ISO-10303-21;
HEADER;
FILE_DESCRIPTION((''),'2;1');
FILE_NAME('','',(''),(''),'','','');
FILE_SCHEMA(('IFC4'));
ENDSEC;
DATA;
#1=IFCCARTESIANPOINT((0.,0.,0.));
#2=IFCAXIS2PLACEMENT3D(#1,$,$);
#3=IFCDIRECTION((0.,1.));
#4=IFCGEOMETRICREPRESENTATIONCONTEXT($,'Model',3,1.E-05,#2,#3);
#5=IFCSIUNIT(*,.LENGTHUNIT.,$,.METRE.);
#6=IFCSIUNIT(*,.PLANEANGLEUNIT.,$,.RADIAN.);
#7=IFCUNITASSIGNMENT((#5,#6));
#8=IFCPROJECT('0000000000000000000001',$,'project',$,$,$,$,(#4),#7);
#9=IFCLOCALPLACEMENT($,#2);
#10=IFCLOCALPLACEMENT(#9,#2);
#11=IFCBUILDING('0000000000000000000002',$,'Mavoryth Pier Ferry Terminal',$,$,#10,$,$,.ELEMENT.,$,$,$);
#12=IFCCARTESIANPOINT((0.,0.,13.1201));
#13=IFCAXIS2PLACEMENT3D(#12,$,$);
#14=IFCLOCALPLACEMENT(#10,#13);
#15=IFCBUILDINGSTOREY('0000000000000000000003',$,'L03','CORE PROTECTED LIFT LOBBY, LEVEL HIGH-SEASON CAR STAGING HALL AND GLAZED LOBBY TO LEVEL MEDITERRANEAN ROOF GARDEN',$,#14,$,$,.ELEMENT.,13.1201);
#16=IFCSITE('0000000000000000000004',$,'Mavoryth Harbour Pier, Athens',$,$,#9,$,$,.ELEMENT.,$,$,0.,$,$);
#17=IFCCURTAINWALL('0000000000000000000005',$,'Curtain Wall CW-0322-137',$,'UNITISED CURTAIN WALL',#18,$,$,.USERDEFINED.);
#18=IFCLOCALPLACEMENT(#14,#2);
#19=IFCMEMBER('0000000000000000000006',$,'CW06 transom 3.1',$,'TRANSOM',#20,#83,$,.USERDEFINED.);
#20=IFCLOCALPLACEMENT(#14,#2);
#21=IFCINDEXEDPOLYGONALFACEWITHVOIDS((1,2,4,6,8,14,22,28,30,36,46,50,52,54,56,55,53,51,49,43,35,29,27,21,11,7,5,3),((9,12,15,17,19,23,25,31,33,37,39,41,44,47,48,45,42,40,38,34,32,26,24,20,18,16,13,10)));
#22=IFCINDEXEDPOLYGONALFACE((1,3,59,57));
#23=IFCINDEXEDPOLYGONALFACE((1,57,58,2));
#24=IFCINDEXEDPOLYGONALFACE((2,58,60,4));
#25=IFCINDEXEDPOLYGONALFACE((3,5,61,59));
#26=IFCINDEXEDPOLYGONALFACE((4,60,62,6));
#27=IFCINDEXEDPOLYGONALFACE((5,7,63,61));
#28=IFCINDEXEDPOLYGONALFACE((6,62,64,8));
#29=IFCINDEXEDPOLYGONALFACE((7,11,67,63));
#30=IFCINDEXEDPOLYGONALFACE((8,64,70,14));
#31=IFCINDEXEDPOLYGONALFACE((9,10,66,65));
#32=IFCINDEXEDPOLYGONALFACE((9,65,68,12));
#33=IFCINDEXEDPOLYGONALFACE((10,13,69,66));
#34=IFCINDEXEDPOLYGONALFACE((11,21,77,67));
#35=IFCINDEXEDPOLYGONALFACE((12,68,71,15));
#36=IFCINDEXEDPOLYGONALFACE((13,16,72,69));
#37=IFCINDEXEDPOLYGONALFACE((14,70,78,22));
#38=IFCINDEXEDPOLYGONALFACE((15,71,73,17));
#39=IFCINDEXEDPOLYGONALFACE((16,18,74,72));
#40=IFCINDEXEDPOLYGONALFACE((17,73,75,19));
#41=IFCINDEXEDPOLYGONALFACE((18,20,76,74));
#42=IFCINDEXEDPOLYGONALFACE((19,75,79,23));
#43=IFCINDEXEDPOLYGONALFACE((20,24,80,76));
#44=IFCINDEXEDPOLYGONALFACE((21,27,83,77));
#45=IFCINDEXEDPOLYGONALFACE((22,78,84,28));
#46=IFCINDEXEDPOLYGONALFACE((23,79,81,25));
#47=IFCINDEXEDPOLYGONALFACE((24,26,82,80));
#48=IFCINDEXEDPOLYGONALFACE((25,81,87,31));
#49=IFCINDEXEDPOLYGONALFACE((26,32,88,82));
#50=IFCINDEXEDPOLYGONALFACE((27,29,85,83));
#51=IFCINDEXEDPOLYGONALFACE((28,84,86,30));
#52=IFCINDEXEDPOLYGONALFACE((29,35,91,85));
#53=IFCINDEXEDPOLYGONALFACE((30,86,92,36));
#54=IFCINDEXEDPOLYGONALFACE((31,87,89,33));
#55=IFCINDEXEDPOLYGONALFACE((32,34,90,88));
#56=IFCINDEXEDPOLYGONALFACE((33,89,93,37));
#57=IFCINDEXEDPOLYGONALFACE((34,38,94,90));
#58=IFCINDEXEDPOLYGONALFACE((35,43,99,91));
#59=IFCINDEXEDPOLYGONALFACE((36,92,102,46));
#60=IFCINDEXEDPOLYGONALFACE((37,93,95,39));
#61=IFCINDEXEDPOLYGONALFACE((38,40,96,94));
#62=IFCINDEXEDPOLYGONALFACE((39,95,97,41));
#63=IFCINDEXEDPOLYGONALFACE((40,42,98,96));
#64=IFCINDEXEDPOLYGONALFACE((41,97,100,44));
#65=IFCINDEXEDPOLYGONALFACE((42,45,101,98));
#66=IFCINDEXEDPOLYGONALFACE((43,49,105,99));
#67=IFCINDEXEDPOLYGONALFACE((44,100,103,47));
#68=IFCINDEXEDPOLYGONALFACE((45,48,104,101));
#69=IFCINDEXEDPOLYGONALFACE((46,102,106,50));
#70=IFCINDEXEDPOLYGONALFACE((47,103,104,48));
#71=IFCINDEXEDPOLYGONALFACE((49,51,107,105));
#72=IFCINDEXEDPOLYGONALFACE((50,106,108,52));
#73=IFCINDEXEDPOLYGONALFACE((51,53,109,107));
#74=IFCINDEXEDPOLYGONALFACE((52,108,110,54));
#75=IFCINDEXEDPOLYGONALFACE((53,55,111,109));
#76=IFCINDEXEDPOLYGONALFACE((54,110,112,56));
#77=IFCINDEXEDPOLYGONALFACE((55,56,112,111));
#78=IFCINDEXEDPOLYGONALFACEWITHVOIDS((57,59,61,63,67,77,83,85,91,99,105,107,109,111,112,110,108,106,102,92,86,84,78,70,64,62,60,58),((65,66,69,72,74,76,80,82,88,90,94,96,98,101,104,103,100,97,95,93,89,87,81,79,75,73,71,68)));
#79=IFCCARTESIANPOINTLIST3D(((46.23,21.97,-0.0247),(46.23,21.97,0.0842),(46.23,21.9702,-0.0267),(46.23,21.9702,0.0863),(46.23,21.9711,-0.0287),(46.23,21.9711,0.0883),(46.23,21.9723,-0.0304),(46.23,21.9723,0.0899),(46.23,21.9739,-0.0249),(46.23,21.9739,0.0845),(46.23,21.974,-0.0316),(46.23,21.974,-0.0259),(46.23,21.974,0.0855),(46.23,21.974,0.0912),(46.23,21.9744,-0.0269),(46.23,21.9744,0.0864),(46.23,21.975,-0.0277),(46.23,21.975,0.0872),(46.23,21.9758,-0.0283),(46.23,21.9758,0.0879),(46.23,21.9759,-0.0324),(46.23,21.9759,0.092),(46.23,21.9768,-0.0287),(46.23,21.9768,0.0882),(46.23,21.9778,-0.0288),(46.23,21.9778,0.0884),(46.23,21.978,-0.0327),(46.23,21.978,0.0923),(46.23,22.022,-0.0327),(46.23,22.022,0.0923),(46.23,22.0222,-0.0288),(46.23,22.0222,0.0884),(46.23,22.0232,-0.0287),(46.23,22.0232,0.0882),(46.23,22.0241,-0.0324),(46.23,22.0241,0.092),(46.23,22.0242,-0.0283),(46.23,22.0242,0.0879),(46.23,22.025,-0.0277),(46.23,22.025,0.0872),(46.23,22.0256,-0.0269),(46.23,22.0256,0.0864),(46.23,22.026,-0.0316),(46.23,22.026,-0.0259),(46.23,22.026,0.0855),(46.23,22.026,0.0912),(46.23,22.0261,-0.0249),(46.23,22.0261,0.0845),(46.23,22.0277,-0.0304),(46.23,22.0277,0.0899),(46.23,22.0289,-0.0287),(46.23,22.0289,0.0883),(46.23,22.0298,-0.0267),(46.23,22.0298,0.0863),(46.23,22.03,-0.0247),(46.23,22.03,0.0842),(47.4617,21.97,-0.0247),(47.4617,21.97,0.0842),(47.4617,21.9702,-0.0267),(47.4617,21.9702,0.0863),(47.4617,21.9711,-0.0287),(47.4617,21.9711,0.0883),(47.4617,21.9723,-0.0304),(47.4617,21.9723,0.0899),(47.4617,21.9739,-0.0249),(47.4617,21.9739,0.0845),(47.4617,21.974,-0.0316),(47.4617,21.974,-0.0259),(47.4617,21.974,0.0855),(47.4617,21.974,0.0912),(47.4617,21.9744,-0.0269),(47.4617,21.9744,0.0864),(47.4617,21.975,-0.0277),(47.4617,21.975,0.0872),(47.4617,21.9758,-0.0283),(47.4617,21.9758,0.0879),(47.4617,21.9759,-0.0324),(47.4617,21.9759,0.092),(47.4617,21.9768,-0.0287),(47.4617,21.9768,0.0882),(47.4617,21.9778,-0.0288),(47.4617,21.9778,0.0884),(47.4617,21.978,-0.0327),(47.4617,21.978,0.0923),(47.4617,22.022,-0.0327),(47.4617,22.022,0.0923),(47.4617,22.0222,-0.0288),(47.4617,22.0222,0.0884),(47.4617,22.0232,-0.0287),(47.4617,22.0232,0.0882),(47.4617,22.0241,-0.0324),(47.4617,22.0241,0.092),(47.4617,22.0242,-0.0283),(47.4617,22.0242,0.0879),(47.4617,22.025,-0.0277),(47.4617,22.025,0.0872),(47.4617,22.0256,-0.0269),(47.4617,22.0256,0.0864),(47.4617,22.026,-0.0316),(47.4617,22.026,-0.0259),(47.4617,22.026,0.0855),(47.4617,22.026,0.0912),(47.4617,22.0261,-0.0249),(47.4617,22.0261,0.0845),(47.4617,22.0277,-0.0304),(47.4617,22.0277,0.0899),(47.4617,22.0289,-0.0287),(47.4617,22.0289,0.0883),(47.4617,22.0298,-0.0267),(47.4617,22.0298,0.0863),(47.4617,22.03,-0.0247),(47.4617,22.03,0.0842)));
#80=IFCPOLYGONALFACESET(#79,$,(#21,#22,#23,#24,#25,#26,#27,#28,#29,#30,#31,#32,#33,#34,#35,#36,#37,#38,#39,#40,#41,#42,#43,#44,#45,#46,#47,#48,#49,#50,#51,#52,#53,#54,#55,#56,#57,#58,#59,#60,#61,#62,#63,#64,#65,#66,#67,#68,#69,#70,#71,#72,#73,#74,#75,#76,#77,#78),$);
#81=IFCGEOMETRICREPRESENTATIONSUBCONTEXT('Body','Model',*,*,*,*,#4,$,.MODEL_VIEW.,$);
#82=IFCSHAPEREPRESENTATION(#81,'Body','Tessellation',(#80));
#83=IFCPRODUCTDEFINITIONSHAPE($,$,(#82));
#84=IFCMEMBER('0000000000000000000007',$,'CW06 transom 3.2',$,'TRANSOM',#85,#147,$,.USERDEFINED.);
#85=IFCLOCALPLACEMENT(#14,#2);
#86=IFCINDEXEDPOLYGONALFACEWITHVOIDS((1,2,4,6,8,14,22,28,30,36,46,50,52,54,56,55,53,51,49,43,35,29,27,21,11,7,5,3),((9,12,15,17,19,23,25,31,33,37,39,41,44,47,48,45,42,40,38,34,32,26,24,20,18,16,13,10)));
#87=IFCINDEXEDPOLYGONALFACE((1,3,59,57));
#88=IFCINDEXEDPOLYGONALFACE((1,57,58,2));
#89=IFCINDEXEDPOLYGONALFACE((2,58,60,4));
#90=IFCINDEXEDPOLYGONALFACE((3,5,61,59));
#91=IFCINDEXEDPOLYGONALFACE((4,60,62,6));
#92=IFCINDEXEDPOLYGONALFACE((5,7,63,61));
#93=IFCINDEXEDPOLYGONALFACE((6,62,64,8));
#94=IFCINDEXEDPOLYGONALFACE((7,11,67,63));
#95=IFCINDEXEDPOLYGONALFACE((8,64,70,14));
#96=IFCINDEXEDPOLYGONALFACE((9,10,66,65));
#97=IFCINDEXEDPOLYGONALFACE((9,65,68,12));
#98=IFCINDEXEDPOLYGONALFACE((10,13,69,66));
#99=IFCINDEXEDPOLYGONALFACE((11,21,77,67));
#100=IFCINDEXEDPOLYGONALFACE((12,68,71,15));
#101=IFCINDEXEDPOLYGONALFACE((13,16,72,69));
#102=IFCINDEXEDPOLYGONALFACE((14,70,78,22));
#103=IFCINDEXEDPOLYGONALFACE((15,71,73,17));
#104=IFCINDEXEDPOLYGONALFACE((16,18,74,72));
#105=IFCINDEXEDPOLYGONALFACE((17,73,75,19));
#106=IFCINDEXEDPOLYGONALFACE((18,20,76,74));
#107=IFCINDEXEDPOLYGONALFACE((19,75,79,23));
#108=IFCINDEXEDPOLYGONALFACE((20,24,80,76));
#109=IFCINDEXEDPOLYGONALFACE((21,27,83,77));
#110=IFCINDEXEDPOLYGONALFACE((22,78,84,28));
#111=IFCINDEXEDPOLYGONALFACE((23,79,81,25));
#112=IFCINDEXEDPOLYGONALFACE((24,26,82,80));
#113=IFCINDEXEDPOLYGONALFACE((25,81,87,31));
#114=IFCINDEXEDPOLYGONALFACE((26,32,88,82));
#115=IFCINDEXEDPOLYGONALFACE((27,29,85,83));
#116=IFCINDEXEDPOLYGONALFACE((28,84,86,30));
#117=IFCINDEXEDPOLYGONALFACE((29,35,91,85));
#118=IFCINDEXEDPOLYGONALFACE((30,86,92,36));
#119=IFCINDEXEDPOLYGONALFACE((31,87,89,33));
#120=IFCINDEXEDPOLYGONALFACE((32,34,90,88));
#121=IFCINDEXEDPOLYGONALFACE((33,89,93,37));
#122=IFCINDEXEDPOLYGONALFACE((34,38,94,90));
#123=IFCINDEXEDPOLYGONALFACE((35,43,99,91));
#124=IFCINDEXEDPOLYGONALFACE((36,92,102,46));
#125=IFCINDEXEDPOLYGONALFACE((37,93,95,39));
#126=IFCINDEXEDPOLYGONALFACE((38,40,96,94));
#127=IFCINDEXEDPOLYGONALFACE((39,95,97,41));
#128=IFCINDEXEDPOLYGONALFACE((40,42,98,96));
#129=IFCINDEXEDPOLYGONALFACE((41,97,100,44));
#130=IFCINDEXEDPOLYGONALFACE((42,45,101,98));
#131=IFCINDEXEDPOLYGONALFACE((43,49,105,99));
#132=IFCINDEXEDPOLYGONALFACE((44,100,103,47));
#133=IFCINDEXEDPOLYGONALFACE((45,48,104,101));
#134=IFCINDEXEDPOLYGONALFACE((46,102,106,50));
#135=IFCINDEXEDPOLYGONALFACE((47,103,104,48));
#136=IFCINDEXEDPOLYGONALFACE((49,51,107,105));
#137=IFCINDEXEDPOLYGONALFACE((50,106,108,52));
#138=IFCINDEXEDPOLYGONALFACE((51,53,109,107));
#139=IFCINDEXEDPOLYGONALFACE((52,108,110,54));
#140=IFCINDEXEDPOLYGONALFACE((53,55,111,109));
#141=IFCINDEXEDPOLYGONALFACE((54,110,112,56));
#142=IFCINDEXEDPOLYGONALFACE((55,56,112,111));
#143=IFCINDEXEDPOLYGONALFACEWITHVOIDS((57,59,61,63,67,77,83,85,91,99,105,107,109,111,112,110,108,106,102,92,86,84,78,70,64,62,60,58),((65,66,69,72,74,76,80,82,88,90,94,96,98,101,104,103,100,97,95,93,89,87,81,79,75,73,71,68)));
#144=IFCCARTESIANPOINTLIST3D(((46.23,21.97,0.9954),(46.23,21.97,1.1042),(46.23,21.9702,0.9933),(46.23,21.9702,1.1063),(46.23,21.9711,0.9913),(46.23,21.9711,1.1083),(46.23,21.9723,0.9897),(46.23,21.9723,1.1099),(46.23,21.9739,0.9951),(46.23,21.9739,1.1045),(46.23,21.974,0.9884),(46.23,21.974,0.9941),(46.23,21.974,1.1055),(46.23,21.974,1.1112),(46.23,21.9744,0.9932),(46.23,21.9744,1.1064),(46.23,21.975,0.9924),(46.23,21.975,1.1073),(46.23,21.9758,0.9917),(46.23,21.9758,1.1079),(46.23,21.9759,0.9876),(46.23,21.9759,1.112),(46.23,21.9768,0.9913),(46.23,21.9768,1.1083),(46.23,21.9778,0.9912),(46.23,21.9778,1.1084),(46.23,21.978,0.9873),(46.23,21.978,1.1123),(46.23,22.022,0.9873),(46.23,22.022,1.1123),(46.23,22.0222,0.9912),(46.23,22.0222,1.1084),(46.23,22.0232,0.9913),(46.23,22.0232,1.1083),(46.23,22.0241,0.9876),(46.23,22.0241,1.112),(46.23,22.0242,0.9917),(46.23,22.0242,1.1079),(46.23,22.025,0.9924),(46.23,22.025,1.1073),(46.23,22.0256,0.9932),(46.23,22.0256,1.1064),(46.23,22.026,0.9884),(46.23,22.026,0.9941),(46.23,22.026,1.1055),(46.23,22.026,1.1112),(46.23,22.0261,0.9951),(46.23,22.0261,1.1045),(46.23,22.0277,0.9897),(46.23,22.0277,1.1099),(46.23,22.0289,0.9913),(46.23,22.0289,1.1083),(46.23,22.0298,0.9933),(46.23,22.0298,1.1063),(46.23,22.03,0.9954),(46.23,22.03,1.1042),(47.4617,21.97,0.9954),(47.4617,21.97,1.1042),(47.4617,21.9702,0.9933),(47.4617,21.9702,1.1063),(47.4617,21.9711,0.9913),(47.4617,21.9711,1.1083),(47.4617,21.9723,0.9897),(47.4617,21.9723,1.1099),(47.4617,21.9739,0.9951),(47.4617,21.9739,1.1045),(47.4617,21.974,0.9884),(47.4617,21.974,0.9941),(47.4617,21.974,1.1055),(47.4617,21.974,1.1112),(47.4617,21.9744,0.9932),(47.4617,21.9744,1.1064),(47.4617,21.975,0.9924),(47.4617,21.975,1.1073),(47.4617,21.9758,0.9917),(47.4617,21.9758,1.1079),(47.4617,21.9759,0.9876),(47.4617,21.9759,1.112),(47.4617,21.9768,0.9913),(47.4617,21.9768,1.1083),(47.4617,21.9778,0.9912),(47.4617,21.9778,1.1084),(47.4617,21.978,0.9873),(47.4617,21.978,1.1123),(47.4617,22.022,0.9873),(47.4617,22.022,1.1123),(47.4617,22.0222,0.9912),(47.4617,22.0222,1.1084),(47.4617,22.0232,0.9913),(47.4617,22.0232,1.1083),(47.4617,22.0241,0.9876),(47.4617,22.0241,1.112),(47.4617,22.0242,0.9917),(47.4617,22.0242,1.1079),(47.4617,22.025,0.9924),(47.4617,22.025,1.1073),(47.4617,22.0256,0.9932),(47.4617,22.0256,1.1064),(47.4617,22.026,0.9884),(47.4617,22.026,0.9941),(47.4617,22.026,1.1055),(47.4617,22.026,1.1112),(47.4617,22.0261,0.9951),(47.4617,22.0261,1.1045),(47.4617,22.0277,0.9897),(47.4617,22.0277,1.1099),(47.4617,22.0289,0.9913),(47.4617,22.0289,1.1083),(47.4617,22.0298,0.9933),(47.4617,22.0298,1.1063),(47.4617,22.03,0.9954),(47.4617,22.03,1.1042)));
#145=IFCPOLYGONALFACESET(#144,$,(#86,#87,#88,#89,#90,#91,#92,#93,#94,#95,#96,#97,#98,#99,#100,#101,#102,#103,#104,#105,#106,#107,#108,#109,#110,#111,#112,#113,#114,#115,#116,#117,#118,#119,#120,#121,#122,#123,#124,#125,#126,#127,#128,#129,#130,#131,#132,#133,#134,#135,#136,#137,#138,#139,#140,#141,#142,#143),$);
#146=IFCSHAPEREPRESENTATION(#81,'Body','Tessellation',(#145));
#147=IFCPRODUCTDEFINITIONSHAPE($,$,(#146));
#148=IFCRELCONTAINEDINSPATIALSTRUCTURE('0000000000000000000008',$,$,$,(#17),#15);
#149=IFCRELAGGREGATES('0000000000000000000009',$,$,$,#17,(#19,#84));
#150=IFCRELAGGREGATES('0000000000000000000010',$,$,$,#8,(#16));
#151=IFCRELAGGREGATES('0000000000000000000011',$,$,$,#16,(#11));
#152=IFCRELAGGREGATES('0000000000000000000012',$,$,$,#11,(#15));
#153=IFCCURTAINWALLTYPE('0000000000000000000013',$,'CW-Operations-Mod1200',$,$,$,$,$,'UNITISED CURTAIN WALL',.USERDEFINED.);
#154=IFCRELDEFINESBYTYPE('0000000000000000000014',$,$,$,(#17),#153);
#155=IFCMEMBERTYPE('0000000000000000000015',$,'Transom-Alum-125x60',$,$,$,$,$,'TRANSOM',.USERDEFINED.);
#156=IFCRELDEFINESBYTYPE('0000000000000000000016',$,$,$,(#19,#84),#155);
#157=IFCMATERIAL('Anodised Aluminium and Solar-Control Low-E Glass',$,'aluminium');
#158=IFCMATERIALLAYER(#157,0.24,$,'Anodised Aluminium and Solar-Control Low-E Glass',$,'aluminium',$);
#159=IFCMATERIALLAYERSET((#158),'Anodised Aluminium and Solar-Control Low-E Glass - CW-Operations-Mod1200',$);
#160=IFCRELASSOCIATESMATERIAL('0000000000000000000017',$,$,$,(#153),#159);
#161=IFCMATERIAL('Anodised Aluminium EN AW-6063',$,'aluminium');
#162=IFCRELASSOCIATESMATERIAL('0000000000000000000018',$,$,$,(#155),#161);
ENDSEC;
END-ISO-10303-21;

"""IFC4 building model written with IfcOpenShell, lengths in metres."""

from ifc_helpers import new_model, si_unit, direction, frame, origin, origin_2d, place, context, subcontext, project, spatial, hollow_rectangle, extrude, material, layer, layer_set, material_profile, profile_set, type_object, element, aggregate, save


model = new_model("IFC4")

# Units and contexts
model_context = context("Model", 3, precision=1e-05, world=origin(), true_north=direction((0.0, 1.0)))
body_context = subcontext(model_context, "Body", "Model", "MODEL_VIEW")
ifc_project = project(units=[si_unit("LENGTHUNIT", "METRE"), si_unit("PLANEANGLEUNIT", "RADIAN")], contexts=[model_context])

# Site, building, storey
site_placement = place(None, origin())
site = spatial("IfcSite", under=ifc_project, at=site_placement, Name="Mavoryth Harbour Pier, Athens", CompositionType="ELEMENT", RefElevation=0.0)
building_placement = place(site_placement, origin())
building = spatial("IfcBuilding", under=site, at=building_placement, Name="Mavoryth Pier Ferry Terminal", CompositionType="ELEMENT")
storey_placement = place(building_placement, frame((0.0, 0.0, 13.1201)))
storey = spatial("IfcBuildingStorey", under=building, at=storey_placement, Name="L03", Description="CORE PROTECTED LIFT LOBBY, LEVEL HIGH-SEASON CAR STAGING HALL AND GLAZED LOBBY TO LEVEL MEDITERRANEAN ROOF GARDEN", CompositionType="ELEMENT", Elevation=13.1201)

# Curtain wall
ifc_material_1 = material(Name="Anodised Aluminium and Solar-Control Low-E Glass", Category="aluminium")
ifc_layer_1 = layer(ifc_material_1, 0.24, Name="Anodised Aluminium and Solar-Control Low-E Glass", Category="aluminium")
ifc_layer_set_1 = layer_set([ifc_layer_1], Name="Anodised Aluminium and Solar-Control Low-E Glass - CW-Operations-Mod1200")
curtain_wall_type = type_object("IfcCurtainWallType", Name="CW-Operations-Mod1200", ElementType="UNITISED CURTAIN WALL", PredefinedType="USERDEFINED", material=ifc_layer_set_1)
curtain_wall_1_placement = place(storey_placement, origin())
curtain_wall_1 = element("IfcCurtainWall", 1, at=curtain_wall_1_placement, inside=storey, type_object=curtain_wall_type, Name="Curtain Wall CW-0322-137", ObjectType="UNITISED CURTAIN WALL", PredefinedType="USERDEFINED")
ifc_material_2 = material(Name="Anodised Aluminium EN AW-6063", Category="aluminium")

# Members
ifc_material_profile_1 = material_profile(ifc_material_2, hollow_rectangle(XDim=0.0601, YDim=0.125, WallThickness=0.0039, InnerFilletRadius=0.0039, OuterFilletRadius=0.0081, at=origin_2d()), Name="AL-TRAN 125x60x4", Category="aluminium")
ifc_profile_set_1 = profile_set([ifc_material_profile_1], Name="Anodised Aluminium EN AW-6063 - AL-TRAN 125x60x4")
member_type_1 = type_object("IfcMemberType", Name="Transom-Alum-125x60", ElementType="TRANSOM", PredefinedType="USERDEFINED", material=ifc_profile_set_1)
member_1_placement = place(storey_placement, frame((47.4617, 22.0, 0.0298), z_axis=(-1.0, 0.0, 0.0), x_axis=(0.0, -1.0, 0.0)))
member_1 = element("IfcMember", 2, at=member_1_placement, type_object=member_type_1, Name="CW06 transom 3.1", ObjectType="TRANSOM", PredefinedType="USERDEFINED", context=body_context, shape_type="SweptSolid", body=[
    extrude(hollow_rectangle(XDim=0.0601, YDim=0.125, WallThickness=0.0039, InnerFilletRadius=0.0039, OuterFilletRadius=0.0081, at=origin_2d()), origin(), (0.0, 0.0, 1.0), 1.2317),
])
member_2_placement = place(storey_placement, frame((47.4617, 22.0, 1.0498), z_axis=(-1.0, 0.0, 0.0), x_axis=(0.0, -1.0, 0.0)))
member_2 = element("IfcMember", 3, at=member_2_placement, type_object=member_type_1, Name="CW06 transom 3.2", ObjectType="TRANSOM", PredefinedType="USERDEFINED", context=body_context, shape_type="SweptSolid", body=[
    extrude(hollow_rectangle(XDim=0.0601, YDim=0.125, WallThickness=0.0039, InnerFilletRadius=0.0039, OuterFilletRadius=0.0081, at=origin_2d()), origin(), (0.0, 0.0, 1.0), 1.2317),
])

aggregate(curtain_wall_1, [member_1, member_2])

save(model, "model.ifc")
